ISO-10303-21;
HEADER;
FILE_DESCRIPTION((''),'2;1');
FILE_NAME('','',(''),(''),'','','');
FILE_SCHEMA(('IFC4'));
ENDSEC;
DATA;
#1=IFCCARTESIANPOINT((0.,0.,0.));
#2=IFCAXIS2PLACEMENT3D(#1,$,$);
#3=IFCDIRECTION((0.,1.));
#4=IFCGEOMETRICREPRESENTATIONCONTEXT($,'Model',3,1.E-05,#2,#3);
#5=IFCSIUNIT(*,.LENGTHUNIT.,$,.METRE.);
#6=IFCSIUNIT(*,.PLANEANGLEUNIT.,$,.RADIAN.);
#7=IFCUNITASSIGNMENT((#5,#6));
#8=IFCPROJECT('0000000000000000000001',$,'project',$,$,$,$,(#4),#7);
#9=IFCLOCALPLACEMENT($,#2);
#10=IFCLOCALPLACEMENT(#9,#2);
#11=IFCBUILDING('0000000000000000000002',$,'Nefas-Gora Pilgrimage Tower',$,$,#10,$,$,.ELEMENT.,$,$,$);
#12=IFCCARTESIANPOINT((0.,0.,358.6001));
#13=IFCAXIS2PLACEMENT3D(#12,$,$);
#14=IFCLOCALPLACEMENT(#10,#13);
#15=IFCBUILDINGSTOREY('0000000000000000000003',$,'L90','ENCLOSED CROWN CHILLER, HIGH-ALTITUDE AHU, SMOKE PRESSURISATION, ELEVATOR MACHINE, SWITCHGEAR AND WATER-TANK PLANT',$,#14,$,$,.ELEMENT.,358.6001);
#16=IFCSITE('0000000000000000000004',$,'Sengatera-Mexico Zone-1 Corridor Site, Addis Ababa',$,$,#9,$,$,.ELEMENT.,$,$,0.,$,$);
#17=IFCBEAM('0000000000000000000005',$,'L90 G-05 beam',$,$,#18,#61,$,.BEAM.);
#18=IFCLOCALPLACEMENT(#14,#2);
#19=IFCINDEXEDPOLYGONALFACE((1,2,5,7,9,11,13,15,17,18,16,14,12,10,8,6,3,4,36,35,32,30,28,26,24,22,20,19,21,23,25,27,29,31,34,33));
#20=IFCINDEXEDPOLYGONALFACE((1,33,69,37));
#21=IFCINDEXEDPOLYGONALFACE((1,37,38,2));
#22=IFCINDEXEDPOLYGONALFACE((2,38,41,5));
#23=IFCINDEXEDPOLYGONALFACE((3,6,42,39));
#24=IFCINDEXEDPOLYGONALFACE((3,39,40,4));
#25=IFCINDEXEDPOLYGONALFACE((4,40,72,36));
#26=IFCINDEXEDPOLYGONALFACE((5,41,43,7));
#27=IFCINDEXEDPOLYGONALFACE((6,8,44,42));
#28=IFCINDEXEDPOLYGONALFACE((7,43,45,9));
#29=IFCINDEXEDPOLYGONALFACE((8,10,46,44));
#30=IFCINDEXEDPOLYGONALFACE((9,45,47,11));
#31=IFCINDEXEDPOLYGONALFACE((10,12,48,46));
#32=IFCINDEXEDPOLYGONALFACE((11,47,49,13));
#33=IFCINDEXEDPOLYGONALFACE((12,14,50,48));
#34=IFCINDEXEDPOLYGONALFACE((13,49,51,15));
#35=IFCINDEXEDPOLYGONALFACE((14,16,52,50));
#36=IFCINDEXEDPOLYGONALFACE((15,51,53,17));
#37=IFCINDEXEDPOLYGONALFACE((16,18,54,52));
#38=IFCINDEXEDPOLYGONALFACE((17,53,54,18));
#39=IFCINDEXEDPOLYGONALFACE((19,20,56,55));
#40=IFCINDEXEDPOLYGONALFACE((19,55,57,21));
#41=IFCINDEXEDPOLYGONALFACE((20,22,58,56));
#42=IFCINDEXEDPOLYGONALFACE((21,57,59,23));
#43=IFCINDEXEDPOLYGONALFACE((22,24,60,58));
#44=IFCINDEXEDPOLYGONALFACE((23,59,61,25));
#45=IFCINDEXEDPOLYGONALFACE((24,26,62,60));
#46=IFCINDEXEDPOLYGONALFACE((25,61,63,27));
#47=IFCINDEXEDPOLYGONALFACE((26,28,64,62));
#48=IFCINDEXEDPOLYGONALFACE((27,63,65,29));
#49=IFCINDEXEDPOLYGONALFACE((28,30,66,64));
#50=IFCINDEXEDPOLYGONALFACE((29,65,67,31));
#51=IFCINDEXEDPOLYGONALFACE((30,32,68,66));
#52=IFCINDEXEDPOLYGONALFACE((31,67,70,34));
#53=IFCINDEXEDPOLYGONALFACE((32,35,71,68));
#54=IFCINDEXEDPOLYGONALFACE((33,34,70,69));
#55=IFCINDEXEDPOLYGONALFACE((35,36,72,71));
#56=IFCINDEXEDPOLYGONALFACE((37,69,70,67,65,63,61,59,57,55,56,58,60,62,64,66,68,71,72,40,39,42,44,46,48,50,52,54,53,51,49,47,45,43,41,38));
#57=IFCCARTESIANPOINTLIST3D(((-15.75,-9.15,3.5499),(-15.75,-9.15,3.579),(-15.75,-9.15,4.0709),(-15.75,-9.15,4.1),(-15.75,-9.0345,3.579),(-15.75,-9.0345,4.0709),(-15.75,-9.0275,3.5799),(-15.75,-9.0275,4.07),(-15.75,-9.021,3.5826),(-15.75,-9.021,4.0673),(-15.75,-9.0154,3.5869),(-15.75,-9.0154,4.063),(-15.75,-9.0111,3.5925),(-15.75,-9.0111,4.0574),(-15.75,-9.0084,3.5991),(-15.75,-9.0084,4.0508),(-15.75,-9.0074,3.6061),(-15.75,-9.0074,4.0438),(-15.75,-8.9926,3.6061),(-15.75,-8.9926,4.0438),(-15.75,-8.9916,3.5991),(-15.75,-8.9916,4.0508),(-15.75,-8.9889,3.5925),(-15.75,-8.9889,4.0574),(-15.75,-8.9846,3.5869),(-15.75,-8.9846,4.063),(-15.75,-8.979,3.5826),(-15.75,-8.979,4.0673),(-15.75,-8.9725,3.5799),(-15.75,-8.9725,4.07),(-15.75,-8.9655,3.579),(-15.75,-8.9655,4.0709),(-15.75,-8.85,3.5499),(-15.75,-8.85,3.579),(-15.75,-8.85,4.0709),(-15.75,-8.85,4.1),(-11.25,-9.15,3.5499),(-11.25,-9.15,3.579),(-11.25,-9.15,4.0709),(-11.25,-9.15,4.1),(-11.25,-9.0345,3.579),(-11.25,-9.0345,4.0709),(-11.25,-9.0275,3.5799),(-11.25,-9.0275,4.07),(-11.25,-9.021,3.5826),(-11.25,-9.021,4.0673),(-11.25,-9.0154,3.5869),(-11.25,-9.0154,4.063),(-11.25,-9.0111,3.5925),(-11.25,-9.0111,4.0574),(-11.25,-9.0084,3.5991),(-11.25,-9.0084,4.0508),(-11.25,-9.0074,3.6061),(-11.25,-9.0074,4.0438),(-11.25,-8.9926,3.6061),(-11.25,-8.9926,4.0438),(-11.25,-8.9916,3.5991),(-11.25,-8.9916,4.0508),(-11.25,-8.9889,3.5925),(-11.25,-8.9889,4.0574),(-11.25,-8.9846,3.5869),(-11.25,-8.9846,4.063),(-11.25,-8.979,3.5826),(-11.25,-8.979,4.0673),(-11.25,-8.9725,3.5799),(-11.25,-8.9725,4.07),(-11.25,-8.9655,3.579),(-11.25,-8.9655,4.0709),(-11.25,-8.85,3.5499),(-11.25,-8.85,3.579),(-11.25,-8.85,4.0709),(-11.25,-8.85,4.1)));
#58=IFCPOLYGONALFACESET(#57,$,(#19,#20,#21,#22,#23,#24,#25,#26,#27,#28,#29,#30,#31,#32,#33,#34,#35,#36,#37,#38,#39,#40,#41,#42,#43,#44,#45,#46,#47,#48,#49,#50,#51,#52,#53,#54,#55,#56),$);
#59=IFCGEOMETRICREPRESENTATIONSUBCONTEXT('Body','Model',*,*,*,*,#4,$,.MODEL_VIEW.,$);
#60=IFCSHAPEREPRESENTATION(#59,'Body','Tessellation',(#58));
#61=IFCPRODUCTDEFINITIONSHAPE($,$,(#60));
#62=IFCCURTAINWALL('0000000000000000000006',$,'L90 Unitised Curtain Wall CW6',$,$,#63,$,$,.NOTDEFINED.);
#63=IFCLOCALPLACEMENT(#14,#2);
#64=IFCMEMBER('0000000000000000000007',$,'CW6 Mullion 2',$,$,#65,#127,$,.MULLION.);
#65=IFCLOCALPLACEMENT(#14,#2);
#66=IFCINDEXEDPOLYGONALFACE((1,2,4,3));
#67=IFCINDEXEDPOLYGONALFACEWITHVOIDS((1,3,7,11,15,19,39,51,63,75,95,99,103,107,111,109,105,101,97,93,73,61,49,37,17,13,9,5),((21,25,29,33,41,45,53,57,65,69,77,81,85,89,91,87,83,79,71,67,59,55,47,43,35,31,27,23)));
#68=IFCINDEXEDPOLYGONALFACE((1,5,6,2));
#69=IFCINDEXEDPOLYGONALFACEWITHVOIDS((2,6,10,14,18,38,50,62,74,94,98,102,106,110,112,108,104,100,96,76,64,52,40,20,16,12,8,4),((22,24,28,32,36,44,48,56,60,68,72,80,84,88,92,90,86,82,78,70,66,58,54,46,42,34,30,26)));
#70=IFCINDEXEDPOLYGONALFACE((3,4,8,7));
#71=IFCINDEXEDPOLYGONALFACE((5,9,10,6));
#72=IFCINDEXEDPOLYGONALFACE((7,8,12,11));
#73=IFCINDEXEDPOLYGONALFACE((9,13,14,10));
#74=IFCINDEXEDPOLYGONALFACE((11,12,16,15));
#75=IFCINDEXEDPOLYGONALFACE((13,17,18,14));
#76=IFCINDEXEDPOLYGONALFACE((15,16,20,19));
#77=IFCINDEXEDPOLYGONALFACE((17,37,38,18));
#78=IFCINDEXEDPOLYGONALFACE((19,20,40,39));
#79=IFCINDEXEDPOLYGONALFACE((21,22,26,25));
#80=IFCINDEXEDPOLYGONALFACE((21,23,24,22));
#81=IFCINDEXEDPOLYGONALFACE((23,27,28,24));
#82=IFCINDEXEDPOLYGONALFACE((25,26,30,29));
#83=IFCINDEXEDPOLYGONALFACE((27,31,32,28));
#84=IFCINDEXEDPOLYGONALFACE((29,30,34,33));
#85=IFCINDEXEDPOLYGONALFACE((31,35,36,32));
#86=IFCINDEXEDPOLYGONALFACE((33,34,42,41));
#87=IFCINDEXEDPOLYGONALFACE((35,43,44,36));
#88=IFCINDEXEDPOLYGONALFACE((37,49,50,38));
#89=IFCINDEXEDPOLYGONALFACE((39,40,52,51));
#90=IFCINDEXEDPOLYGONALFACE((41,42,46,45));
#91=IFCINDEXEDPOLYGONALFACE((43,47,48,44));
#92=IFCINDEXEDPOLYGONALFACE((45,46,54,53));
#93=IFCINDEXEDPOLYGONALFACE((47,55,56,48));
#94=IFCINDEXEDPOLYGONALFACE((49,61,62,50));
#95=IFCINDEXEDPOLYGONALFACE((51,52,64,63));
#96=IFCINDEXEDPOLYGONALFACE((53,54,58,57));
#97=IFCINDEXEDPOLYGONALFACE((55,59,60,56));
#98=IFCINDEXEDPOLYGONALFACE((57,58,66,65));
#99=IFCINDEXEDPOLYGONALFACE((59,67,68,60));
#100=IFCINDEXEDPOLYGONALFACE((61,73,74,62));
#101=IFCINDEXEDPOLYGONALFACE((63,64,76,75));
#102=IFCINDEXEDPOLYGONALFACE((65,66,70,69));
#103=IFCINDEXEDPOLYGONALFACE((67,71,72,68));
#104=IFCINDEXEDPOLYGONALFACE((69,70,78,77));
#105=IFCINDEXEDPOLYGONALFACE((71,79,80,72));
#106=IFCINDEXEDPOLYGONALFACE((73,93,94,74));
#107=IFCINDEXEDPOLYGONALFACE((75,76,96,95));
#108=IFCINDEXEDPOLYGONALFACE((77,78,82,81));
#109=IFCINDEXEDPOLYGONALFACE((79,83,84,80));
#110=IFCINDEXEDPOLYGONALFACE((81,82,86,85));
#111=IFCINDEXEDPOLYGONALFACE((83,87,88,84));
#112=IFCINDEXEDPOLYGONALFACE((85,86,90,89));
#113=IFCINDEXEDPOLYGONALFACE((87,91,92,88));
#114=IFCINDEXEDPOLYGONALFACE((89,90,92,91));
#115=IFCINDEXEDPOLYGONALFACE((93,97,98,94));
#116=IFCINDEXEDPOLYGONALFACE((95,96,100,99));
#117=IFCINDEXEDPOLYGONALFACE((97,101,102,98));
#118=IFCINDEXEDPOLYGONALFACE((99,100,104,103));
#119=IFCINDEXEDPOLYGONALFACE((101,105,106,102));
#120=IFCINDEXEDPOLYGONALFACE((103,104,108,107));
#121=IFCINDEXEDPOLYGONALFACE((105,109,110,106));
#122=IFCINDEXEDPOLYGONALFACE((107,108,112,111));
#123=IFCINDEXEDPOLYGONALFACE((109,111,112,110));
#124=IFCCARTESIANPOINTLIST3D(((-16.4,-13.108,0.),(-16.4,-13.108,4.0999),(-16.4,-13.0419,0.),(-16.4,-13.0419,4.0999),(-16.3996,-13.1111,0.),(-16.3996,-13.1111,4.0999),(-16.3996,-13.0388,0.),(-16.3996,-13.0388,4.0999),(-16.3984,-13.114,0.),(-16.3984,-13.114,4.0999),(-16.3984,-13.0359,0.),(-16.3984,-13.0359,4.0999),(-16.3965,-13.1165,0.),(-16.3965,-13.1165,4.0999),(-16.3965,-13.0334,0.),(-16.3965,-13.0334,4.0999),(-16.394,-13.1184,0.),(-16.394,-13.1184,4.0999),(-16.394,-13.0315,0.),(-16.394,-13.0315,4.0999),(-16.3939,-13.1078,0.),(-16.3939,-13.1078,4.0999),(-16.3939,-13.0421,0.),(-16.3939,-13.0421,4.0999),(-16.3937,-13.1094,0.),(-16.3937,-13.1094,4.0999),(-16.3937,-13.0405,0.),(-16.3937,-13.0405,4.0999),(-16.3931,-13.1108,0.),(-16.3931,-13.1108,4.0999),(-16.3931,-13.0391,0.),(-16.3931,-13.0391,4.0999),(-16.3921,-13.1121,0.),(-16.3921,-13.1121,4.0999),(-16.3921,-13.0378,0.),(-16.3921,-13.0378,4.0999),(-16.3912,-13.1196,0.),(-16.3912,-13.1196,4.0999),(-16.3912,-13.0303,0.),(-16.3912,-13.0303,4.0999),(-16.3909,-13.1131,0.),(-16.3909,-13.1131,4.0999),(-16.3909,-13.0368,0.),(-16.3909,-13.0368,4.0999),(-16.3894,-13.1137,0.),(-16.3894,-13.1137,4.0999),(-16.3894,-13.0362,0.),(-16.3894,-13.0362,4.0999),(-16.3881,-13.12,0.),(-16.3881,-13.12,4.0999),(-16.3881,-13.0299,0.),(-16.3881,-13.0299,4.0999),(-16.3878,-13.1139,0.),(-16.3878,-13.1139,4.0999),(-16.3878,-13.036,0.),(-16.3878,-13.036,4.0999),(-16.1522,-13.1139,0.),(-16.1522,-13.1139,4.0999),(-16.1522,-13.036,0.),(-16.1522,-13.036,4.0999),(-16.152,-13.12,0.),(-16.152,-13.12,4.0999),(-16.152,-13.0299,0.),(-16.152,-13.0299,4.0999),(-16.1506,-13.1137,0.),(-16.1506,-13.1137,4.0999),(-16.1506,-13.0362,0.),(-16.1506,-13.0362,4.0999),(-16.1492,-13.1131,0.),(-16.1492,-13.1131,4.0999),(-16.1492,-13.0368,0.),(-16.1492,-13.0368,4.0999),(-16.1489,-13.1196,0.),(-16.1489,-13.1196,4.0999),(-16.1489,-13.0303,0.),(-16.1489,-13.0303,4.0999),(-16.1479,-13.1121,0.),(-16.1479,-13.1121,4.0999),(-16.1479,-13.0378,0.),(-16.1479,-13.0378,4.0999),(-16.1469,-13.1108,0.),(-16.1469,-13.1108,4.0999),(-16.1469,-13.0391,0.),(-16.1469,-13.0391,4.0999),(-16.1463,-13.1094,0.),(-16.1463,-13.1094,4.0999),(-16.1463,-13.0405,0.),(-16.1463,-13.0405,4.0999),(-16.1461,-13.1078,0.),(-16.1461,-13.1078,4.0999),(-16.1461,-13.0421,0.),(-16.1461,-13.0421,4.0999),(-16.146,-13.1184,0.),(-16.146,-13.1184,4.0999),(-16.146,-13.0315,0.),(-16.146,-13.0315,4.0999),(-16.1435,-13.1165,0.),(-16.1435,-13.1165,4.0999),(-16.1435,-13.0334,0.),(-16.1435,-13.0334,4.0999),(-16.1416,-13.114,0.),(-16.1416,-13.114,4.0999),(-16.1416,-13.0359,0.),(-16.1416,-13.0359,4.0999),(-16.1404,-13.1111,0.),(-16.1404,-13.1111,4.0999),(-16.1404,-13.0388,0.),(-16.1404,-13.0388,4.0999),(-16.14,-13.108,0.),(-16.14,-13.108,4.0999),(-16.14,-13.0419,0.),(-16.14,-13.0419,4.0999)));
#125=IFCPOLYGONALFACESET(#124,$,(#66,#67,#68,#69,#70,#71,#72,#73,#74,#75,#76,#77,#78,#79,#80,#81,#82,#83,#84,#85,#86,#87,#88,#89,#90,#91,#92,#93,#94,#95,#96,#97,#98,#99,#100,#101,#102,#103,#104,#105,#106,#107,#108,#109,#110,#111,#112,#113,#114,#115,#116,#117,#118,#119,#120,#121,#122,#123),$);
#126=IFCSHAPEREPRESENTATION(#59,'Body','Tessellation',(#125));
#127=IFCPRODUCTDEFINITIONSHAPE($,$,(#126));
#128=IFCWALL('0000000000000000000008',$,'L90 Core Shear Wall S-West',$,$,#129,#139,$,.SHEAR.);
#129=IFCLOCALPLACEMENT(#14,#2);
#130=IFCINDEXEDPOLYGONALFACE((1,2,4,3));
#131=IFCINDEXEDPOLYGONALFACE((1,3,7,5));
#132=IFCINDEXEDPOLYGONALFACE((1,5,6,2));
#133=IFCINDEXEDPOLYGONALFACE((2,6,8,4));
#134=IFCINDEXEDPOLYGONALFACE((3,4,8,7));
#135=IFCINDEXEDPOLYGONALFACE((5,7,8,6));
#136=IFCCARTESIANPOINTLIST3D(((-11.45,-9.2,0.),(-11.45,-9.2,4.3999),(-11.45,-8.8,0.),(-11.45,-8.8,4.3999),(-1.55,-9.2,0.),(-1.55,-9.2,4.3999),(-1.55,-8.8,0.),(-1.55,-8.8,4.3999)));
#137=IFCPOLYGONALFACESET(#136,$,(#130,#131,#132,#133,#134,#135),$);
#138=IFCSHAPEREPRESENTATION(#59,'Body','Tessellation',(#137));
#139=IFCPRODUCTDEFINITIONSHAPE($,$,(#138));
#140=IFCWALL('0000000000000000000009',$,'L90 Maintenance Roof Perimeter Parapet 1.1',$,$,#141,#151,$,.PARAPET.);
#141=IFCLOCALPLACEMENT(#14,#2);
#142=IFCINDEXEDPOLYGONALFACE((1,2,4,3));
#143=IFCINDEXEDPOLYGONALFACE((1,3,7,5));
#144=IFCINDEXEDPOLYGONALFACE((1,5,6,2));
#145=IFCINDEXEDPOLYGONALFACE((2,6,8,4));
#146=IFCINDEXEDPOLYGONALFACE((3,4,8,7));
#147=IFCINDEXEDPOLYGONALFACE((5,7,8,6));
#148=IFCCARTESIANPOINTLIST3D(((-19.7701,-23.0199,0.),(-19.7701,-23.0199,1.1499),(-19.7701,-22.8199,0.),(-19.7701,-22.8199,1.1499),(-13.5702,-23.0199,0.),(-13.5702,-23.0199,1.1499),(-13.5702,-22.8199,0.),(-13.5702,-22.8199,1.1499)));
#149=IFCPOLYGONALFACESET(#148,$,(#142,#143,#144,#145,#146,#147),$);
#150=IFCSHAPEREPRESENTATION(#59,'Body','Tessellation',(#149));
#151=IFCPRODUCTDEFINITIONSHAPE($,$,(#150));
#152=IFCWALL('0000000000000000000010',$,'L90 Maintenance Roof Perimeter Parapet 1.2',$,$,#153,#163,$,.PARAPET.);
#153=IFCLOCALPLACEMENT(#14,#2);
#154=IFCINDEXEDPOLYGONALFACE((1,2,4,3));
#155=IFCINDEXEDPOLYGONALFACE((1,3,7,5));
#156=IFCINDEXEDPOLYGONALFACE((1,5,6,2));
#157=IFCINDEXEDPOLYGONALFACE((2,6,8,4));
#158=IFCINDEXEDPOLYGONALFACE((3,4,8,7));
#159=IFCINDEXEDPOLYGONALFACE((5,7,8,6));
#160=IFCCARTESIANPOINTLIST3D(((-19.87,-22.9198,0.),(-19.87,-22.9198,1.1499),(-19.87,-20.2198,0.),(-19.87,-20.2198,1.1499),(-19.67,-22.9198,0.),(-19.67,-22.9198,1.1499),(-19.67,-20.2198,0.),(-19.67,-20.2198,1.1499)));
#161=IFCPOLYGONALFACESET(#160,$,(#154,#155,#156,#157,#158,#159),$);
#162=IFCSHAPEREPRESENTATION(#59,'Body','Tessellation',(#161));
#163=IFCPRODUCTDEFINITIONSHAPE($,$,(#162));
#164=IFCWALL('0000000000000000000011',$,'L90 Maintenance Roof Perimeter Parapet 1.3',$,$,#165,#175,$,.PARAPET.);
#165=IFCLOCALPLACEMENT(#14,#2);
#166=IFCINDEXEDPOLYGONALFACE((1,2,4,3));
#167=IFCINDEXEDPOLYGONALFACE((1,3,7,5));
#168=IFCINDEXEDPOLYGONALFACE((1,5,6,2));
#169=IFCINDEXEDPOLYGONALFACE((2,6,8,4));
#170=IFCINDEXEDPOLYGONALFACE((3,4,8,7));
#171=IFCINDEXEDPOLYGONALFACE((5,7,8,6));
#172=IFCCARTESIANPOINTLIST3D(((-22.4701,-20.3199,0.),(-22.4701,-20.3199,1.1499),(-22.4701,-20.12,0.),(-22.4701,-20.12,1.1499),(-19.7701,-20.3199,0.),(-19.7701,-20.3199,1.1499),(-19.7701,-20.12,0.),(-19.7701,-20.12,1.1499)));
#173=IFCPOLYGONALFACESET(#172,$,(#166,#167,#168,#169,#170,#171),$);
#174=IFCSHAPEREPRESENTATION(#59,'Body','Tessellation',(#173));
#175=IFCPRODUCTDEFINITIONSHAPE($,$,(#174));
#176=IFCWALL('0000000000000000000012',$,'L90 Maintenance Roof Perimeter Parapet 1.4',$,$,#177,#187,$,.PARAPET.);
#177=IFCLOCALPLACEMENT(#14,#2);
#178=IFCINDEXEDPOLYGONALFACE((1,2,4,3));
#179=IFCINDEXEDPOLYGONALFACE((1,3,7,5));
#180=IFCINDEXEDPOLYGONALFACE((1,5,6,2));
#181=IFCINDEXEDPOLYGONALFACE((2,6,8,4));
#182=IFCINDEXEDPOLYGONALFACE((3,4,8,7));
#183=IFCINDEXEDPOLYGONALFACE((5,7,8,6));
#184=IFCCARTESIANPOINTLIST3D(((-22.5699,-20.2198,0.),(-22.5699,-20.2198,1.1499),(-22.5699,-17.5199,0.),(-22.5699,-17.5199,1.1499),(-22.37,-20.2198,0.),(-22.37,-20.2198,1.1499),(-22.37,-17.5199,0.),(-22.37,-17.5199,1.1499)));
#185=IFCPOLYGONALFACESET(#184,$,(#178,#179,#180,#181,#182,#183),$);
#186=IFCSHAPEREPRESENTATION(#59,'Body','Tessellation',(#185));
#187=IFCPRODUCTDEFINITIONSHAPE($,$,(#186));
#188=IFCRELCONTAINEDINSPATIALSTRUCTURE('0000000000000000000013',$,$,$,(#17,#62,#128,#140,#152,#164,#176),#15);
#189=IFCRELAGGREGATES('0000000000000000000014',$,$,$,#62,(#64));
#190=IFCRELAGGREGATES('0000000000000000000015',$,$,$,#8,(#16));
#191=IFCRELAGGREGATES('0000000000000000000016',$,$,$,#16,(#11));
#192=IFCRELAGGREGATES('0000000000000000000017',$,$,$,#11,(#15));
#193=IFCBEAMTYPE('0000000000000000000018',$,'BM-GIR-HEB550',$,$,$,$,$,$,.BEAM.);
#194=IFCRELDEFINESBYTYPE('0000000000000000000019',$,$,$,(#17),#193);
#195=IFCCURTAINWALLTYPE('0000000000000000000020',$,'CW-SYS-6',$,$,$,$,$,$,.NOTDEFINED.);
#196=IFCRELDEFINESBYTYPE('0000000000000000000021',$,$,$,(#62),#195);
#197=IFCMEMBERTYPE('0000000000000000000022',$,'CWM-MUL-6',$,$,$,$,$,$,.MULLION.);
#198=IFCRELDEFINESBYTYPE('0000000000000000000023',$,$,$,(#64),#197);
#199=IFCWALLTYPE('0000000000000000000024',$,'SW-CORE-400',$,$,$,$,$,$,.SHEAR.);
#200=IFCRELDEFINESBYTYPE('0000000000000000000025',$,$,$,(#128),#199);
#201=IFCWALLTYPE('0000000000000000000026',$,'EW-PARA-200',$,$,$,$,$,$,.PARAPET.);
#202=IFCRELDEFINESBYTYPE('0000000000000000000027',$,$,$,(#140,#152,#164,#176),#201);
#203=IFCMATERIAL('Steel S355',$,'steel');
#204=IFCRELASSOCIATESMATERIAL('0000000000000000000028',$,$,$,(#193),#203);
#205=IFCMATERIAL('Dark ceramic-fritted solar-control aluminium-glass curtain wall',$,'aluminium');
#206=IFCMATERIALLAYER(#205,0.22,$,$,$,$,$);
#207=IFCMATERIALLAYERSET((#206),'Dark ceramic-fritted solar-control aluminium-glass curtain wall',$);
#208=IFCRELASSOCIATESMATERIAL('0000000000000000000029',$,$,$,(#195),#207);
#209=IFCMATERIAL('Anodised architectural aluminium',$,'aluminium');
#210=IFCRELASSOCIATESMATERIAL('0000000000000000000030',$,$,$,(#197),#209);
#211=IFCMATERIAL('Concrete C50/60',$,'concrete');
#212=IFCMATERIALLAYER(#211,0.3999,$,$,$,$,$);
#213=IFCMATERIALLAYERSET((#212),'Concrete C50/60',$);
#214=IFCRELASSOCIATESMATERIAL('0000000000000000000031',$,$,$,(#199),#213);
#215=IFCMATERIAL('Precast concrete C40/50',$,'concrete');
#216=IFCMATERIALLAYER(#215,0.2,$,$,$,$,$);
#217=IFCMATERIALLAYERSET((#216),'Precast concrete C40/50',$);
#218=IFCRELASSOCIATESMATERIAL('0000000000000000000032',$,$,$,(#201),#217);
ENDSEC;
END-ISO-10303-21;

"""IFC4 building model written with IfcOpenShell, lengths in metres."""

from ifc_helpers import new_model, si_unit, direction, frame, frame_2d, origin, origin_2d, place, context, subcontext, project, spatial, rectangle, hollow_rectangle, i_section, extrude, source, transform, mapped, material, layer, layer_set, material_profile, profile_set, type_object, element, aggregate, save


model = new_model("IFC4")

# Units and contexts
model_context = context("Model", 3, precision=1e-05, world=origin(), true_north=direction((0.0, 1.0)))
body_context = subcontext(model_context, "Body", "Model", "MODEL_VIEW")
ifc_project = project(units=[si_unit("LENGTHUNIT", "METRE"), si_unit("PLANEANGLEUNIT", "RADIAN")], contexts=[model_context])

# Site, building, storey
site_placement = place(None, origin())
site = spatial("IfcSite", under=ifc_project, at=site_placement, Name="Sengatera-Mexico Zone-1 Corridor Site, Addis Ababa", CompositionType="ELEMENT", RefElevation=0.0)
building_placement = place(site_placement, origin())
building = spatial("IfcBuilding", under=site, at=building_placement, Name="Nefas-Gora Pilgrimage Tower", CompositionType="ELEMENT")
storey_placement = place(building_placement, frame((0.0, 0.0, 358.6001)))
storey = spatial("IfcBuildingStorey", under=building, at=storey_placement, Name="L90", Description="ENCLOSED CROWN CHILLER, HIGH-ALTITUDE AHU, SMOKE PRESSURISATION, ELEVATOR MACHINE, SWITCHGEAR AND WATER-TANK PLANT", CompositionType="ELEMENT", Elevation=358.6001)

# Shared definitions
ifc_material_1 = material(Name="Steel S355", Category="steel")
ifc_material_2 = material(Name="Concrete C50/60", Category="concrete")

# Beam
ifc_material_profile_1 = material_profile(ifc_material_1, i_section(OverallWidth=0.3, OverallDepth=0.55, WebThickness=0.0149, FlangeThickness=0.0291, FilletRadius=0.0271, at=origin_2d()), Name="HEB 550")
ifc_profile_set_1 = profile_set([ifc_material_profile_1], Name="Steel S355")
beam_type_1 = type_object("IfcBeamType", Name="BM-GIR-HEB550", PredefinedType="BEAM", material=ifc_profile_set_1)
shared_shape_1 = source(origin(), body_context, "Body", "SweptSolid", [
    extrude(i_section(OverallWidth=0.3, OverallDepth=0.55, WebThickness=0.0149, FlangeThickness=0.0291, FilletRadius=0.0271, at=origin_2d()), origin(), (0.0, 0.0, 1.0), 4.5),
])
beam_placement = place(storey_placement, frame((-15.75, -9.0, 3.825), z_axis=(1.0, 0.0, 0.0), x_axis=(0.0, 1.0, 0.0)))
element("IfcBeam", 1, at=beam_placement, inside=storey, type_object=beam_type_1, Name="L90 G-05 beam", PredefinedType="BEAM", context=body_context, shape_type="MappedRepresentation", body=[
    mapped(shared_shape_1, transform((0.0, 0.0, 0.0), x_axis=(1.0, 0.0, 0.0), y_axis=(0.0, 1.0, 0.0), z_axis=(0.0, 0.0, 1.0), scale=1.0)),
])

# Curtain wall, member
ifc_material_3 = material(Name="Dark ceramic-fritted solar-control aluminium-glass curtain wall", Category="aluminium")
ifc_layer_1 = layer(ifc_material_3, 0.22)
ifc_layer_set_1 = layer_set([ifc_layer_1], Name="Dark ceramic-fritted solar-control aluminium-glass curtain wall")
curtain_wall_type = type_object("IfcCurtainWallType", Name="CW-SYS-6", PredefinedType="NOTDEFINED", material=ifc_layer_set_1)
curtain_wall_placement = place(storey_placement, origin())
curtain_wall = element("IfcCurtainWall", 2, at=curtain_wall_placement, inside=storey, type_object=curtain_wall_type, Name="L90 Unitised Curtain Wall CW6", PredefinedType="NOTDEFINED")
ifc_material_4 = material(Name="Anodised architectural aluminium", Category="aluminium")
ifc_material_profile_2 = material_profile(ifc_material_4, hollow_rectangle(XDim=0.0901, YDim=0.26, WallThickness=0.0061, InnerFilletRadius=0.0061, OuterFilletRadius=0.012, at=origin_2d()), Name="ALU MULLION 90x260")
ifc_profile_set_2 = profile_set([ifc_material_profile_2], Name="Anodised architectural aluminium")
member_type = type_object("IfcMemberType", Name="CWM-MUL-6", PredefinedType="MULLION", material=ifc_profile_set_2)
shared_shape_2 = source(origin(), body_context, "Body", "SweptSolid", [
    extrude(hollow_rectangle(XDim=0.0901, YDim=0.26, WallThickness=0.0061, InnerFilletRadius=0.0061, OuterFilletRadius=0.012, at=origin_2d()), origin(), (0.0, 0.0, 1.0), 4.0999),
])
member_placement = place(storey_placement, frame((-16.27, -13.075, 0.0), z_axis=(0.0, 0.0, 1.0), x_axis=(0.0, -1.0, 0.0)))
member = element("IfcMember", 3, at=member_placement, type_object=member_type, Name="CW6 Mullion 2", PredefinedType="MULLION", context=body_context, shape_type="MappedRepresentation", body=[
    mapped(shared_shape_2, transform((0.0, 0.0, 0.0), x_axis=(1.0, 0.0, 0.0), y_axis=(0.0, 1.0, 0.0), z_axis=(0.0, 0.0, 1.0), scale=1.0)),
])
aggregate(curtain_wall, [member])

# Walls
ifc_layer_2 = layer(ifc_material_2, 0.3999)
ifc_layer_set_2 = layer_set([ifc_layer_2], Name="Concrete C50/60")
wall_type_1 = type_object("IfcWallType", Name="SW-CORE-400", PredefinedType="SHEAR", material=ifc_layer_set_2)
shared_shape_3 = source(origin(), body_context, "Body", "SweptSolid", [
    extrude(rectangle(XDim=9.8999, YDim=0.3999, at=frame_2d((4.95, 0.0))), origin(), (0.0, 0.0, 1.0), 4.3999),
])
wall_1_placement = place(storey_placement, frame((-11.45, -9.0, 0.0), z_axis=(0.0, 0.0, 1.0), x_axis=(1.0, 0.0, 0.0)))
element("IfcWall", 4, at=wall_1_placement, inside=storey, type_object=wall_type_1, Name="L90 Core Shear Wall S-West", PredefinedType="SHEAR", context=body_context, shape_type="MappedRepresentation", body=[
    mapped(shared_shape_3, transform((0.0, 0.0, 0.0), x_axis=(1.0, 0.0, 0.0), y_axis=(0.0, 1.0, 0.0), z_axis=(0.0, 0.0, 1.0), scale=1.0)),
])
ifc_material_5 = material(Name="Precast concrete C40/50", Category="concrete")
ifc_layer_3 = layer(ifc_material_5, 0.2)
ifc_layer_set_3 = layer_set([ifc_layer_3], Name="Precast concrete C40/50")
wall_type_2 = type_object("IfcWallType", Name="EW-PARA-200", PredefinedType="PARAPET", material=ifc_layer_set_3)
shared_shape_4 = source(origin(), body_context, "Body", "SweptSolid", [
    extrude(rectangle(XDim=6.2, YDim=0.2, at=frame_2d((3.1001, 0.0))), origin(), (0.0, 0.0, 1.0), 1.1499),
])
wall_2_placement = place(storey_placement, frame((-13.5701, -22.9199, 0.0), z_axis=(0.0, 0.0, 1.0), x_axis=(-1.0, 0.0, 0.0)))
element("IfcWall", 5, at=wall_2_placement, inside=storey, type_object=wall_type_2, Name="L90 Maintenance Roof Perimeter Parapet 1.1", PredefinedType="PARAPET", context=body_context, shape_type="MappedRepresentation", body=[
    mapped(shared_shape_4, transform((0.0, 0.0, 0.0), x_axis=(1.0, 0.0, 0.0), y_axis=(0.0, 1.0, 0.0), z_axis=(0.0, 0.0, 1.0), scale=1.0)),
])
shared_shape_5 = source(origin(), body_context, "Body", "SweptSolid", [
    extrude(rectangle(XDim=2.7, YDim=0.2, at=frame_2d((1.3501, 0.0))), origin(), (0.0, 0.0, 1.0), 1.1499),
])
for number, where, z_axis, x_axis, name in (
    (6, (-19.77, -22.9199, 0.0), (0.0, 0.0, 1.0), (0.0, 1.0, 0.0), "L90 Maintenance Roof Perimeter Parapet 1.2"),
    (7, (-19.77, -20.22, 0.0), (0.0, 0.0, 1.0), (-1.0, 0.0, 0.0), "L90 Maintenance Roof Perimeter Parapet 1.3"),
    (8, (-22.47, -20.22, 0.0), (0.0, 0.0, 1.0), (0.0, 1.0, 0.0), "L90 Maintenance Roof Perimeter Parapet 1.4"),
):
    element("IfcWall", number, at=place(storey_placement, frame(where, z_axis=z_axis, x_axis=x_axis)), inside=storey, type_object=wall_type_2, Name=name, PredefinedType="PARAPET", context=body_context, shape_type="MappedRepresentation", body=[
        mapped(shared_shape_5, transform((0.0, 0.0, 0.0), x_axis=(1.0, 0.0, 0.0), y_axis=(0.0, 1.0, 0.0), z_axis=(0.0, 0.0, 1.0), scale=1.0)),
    ])

save(model, "model.ifc")
